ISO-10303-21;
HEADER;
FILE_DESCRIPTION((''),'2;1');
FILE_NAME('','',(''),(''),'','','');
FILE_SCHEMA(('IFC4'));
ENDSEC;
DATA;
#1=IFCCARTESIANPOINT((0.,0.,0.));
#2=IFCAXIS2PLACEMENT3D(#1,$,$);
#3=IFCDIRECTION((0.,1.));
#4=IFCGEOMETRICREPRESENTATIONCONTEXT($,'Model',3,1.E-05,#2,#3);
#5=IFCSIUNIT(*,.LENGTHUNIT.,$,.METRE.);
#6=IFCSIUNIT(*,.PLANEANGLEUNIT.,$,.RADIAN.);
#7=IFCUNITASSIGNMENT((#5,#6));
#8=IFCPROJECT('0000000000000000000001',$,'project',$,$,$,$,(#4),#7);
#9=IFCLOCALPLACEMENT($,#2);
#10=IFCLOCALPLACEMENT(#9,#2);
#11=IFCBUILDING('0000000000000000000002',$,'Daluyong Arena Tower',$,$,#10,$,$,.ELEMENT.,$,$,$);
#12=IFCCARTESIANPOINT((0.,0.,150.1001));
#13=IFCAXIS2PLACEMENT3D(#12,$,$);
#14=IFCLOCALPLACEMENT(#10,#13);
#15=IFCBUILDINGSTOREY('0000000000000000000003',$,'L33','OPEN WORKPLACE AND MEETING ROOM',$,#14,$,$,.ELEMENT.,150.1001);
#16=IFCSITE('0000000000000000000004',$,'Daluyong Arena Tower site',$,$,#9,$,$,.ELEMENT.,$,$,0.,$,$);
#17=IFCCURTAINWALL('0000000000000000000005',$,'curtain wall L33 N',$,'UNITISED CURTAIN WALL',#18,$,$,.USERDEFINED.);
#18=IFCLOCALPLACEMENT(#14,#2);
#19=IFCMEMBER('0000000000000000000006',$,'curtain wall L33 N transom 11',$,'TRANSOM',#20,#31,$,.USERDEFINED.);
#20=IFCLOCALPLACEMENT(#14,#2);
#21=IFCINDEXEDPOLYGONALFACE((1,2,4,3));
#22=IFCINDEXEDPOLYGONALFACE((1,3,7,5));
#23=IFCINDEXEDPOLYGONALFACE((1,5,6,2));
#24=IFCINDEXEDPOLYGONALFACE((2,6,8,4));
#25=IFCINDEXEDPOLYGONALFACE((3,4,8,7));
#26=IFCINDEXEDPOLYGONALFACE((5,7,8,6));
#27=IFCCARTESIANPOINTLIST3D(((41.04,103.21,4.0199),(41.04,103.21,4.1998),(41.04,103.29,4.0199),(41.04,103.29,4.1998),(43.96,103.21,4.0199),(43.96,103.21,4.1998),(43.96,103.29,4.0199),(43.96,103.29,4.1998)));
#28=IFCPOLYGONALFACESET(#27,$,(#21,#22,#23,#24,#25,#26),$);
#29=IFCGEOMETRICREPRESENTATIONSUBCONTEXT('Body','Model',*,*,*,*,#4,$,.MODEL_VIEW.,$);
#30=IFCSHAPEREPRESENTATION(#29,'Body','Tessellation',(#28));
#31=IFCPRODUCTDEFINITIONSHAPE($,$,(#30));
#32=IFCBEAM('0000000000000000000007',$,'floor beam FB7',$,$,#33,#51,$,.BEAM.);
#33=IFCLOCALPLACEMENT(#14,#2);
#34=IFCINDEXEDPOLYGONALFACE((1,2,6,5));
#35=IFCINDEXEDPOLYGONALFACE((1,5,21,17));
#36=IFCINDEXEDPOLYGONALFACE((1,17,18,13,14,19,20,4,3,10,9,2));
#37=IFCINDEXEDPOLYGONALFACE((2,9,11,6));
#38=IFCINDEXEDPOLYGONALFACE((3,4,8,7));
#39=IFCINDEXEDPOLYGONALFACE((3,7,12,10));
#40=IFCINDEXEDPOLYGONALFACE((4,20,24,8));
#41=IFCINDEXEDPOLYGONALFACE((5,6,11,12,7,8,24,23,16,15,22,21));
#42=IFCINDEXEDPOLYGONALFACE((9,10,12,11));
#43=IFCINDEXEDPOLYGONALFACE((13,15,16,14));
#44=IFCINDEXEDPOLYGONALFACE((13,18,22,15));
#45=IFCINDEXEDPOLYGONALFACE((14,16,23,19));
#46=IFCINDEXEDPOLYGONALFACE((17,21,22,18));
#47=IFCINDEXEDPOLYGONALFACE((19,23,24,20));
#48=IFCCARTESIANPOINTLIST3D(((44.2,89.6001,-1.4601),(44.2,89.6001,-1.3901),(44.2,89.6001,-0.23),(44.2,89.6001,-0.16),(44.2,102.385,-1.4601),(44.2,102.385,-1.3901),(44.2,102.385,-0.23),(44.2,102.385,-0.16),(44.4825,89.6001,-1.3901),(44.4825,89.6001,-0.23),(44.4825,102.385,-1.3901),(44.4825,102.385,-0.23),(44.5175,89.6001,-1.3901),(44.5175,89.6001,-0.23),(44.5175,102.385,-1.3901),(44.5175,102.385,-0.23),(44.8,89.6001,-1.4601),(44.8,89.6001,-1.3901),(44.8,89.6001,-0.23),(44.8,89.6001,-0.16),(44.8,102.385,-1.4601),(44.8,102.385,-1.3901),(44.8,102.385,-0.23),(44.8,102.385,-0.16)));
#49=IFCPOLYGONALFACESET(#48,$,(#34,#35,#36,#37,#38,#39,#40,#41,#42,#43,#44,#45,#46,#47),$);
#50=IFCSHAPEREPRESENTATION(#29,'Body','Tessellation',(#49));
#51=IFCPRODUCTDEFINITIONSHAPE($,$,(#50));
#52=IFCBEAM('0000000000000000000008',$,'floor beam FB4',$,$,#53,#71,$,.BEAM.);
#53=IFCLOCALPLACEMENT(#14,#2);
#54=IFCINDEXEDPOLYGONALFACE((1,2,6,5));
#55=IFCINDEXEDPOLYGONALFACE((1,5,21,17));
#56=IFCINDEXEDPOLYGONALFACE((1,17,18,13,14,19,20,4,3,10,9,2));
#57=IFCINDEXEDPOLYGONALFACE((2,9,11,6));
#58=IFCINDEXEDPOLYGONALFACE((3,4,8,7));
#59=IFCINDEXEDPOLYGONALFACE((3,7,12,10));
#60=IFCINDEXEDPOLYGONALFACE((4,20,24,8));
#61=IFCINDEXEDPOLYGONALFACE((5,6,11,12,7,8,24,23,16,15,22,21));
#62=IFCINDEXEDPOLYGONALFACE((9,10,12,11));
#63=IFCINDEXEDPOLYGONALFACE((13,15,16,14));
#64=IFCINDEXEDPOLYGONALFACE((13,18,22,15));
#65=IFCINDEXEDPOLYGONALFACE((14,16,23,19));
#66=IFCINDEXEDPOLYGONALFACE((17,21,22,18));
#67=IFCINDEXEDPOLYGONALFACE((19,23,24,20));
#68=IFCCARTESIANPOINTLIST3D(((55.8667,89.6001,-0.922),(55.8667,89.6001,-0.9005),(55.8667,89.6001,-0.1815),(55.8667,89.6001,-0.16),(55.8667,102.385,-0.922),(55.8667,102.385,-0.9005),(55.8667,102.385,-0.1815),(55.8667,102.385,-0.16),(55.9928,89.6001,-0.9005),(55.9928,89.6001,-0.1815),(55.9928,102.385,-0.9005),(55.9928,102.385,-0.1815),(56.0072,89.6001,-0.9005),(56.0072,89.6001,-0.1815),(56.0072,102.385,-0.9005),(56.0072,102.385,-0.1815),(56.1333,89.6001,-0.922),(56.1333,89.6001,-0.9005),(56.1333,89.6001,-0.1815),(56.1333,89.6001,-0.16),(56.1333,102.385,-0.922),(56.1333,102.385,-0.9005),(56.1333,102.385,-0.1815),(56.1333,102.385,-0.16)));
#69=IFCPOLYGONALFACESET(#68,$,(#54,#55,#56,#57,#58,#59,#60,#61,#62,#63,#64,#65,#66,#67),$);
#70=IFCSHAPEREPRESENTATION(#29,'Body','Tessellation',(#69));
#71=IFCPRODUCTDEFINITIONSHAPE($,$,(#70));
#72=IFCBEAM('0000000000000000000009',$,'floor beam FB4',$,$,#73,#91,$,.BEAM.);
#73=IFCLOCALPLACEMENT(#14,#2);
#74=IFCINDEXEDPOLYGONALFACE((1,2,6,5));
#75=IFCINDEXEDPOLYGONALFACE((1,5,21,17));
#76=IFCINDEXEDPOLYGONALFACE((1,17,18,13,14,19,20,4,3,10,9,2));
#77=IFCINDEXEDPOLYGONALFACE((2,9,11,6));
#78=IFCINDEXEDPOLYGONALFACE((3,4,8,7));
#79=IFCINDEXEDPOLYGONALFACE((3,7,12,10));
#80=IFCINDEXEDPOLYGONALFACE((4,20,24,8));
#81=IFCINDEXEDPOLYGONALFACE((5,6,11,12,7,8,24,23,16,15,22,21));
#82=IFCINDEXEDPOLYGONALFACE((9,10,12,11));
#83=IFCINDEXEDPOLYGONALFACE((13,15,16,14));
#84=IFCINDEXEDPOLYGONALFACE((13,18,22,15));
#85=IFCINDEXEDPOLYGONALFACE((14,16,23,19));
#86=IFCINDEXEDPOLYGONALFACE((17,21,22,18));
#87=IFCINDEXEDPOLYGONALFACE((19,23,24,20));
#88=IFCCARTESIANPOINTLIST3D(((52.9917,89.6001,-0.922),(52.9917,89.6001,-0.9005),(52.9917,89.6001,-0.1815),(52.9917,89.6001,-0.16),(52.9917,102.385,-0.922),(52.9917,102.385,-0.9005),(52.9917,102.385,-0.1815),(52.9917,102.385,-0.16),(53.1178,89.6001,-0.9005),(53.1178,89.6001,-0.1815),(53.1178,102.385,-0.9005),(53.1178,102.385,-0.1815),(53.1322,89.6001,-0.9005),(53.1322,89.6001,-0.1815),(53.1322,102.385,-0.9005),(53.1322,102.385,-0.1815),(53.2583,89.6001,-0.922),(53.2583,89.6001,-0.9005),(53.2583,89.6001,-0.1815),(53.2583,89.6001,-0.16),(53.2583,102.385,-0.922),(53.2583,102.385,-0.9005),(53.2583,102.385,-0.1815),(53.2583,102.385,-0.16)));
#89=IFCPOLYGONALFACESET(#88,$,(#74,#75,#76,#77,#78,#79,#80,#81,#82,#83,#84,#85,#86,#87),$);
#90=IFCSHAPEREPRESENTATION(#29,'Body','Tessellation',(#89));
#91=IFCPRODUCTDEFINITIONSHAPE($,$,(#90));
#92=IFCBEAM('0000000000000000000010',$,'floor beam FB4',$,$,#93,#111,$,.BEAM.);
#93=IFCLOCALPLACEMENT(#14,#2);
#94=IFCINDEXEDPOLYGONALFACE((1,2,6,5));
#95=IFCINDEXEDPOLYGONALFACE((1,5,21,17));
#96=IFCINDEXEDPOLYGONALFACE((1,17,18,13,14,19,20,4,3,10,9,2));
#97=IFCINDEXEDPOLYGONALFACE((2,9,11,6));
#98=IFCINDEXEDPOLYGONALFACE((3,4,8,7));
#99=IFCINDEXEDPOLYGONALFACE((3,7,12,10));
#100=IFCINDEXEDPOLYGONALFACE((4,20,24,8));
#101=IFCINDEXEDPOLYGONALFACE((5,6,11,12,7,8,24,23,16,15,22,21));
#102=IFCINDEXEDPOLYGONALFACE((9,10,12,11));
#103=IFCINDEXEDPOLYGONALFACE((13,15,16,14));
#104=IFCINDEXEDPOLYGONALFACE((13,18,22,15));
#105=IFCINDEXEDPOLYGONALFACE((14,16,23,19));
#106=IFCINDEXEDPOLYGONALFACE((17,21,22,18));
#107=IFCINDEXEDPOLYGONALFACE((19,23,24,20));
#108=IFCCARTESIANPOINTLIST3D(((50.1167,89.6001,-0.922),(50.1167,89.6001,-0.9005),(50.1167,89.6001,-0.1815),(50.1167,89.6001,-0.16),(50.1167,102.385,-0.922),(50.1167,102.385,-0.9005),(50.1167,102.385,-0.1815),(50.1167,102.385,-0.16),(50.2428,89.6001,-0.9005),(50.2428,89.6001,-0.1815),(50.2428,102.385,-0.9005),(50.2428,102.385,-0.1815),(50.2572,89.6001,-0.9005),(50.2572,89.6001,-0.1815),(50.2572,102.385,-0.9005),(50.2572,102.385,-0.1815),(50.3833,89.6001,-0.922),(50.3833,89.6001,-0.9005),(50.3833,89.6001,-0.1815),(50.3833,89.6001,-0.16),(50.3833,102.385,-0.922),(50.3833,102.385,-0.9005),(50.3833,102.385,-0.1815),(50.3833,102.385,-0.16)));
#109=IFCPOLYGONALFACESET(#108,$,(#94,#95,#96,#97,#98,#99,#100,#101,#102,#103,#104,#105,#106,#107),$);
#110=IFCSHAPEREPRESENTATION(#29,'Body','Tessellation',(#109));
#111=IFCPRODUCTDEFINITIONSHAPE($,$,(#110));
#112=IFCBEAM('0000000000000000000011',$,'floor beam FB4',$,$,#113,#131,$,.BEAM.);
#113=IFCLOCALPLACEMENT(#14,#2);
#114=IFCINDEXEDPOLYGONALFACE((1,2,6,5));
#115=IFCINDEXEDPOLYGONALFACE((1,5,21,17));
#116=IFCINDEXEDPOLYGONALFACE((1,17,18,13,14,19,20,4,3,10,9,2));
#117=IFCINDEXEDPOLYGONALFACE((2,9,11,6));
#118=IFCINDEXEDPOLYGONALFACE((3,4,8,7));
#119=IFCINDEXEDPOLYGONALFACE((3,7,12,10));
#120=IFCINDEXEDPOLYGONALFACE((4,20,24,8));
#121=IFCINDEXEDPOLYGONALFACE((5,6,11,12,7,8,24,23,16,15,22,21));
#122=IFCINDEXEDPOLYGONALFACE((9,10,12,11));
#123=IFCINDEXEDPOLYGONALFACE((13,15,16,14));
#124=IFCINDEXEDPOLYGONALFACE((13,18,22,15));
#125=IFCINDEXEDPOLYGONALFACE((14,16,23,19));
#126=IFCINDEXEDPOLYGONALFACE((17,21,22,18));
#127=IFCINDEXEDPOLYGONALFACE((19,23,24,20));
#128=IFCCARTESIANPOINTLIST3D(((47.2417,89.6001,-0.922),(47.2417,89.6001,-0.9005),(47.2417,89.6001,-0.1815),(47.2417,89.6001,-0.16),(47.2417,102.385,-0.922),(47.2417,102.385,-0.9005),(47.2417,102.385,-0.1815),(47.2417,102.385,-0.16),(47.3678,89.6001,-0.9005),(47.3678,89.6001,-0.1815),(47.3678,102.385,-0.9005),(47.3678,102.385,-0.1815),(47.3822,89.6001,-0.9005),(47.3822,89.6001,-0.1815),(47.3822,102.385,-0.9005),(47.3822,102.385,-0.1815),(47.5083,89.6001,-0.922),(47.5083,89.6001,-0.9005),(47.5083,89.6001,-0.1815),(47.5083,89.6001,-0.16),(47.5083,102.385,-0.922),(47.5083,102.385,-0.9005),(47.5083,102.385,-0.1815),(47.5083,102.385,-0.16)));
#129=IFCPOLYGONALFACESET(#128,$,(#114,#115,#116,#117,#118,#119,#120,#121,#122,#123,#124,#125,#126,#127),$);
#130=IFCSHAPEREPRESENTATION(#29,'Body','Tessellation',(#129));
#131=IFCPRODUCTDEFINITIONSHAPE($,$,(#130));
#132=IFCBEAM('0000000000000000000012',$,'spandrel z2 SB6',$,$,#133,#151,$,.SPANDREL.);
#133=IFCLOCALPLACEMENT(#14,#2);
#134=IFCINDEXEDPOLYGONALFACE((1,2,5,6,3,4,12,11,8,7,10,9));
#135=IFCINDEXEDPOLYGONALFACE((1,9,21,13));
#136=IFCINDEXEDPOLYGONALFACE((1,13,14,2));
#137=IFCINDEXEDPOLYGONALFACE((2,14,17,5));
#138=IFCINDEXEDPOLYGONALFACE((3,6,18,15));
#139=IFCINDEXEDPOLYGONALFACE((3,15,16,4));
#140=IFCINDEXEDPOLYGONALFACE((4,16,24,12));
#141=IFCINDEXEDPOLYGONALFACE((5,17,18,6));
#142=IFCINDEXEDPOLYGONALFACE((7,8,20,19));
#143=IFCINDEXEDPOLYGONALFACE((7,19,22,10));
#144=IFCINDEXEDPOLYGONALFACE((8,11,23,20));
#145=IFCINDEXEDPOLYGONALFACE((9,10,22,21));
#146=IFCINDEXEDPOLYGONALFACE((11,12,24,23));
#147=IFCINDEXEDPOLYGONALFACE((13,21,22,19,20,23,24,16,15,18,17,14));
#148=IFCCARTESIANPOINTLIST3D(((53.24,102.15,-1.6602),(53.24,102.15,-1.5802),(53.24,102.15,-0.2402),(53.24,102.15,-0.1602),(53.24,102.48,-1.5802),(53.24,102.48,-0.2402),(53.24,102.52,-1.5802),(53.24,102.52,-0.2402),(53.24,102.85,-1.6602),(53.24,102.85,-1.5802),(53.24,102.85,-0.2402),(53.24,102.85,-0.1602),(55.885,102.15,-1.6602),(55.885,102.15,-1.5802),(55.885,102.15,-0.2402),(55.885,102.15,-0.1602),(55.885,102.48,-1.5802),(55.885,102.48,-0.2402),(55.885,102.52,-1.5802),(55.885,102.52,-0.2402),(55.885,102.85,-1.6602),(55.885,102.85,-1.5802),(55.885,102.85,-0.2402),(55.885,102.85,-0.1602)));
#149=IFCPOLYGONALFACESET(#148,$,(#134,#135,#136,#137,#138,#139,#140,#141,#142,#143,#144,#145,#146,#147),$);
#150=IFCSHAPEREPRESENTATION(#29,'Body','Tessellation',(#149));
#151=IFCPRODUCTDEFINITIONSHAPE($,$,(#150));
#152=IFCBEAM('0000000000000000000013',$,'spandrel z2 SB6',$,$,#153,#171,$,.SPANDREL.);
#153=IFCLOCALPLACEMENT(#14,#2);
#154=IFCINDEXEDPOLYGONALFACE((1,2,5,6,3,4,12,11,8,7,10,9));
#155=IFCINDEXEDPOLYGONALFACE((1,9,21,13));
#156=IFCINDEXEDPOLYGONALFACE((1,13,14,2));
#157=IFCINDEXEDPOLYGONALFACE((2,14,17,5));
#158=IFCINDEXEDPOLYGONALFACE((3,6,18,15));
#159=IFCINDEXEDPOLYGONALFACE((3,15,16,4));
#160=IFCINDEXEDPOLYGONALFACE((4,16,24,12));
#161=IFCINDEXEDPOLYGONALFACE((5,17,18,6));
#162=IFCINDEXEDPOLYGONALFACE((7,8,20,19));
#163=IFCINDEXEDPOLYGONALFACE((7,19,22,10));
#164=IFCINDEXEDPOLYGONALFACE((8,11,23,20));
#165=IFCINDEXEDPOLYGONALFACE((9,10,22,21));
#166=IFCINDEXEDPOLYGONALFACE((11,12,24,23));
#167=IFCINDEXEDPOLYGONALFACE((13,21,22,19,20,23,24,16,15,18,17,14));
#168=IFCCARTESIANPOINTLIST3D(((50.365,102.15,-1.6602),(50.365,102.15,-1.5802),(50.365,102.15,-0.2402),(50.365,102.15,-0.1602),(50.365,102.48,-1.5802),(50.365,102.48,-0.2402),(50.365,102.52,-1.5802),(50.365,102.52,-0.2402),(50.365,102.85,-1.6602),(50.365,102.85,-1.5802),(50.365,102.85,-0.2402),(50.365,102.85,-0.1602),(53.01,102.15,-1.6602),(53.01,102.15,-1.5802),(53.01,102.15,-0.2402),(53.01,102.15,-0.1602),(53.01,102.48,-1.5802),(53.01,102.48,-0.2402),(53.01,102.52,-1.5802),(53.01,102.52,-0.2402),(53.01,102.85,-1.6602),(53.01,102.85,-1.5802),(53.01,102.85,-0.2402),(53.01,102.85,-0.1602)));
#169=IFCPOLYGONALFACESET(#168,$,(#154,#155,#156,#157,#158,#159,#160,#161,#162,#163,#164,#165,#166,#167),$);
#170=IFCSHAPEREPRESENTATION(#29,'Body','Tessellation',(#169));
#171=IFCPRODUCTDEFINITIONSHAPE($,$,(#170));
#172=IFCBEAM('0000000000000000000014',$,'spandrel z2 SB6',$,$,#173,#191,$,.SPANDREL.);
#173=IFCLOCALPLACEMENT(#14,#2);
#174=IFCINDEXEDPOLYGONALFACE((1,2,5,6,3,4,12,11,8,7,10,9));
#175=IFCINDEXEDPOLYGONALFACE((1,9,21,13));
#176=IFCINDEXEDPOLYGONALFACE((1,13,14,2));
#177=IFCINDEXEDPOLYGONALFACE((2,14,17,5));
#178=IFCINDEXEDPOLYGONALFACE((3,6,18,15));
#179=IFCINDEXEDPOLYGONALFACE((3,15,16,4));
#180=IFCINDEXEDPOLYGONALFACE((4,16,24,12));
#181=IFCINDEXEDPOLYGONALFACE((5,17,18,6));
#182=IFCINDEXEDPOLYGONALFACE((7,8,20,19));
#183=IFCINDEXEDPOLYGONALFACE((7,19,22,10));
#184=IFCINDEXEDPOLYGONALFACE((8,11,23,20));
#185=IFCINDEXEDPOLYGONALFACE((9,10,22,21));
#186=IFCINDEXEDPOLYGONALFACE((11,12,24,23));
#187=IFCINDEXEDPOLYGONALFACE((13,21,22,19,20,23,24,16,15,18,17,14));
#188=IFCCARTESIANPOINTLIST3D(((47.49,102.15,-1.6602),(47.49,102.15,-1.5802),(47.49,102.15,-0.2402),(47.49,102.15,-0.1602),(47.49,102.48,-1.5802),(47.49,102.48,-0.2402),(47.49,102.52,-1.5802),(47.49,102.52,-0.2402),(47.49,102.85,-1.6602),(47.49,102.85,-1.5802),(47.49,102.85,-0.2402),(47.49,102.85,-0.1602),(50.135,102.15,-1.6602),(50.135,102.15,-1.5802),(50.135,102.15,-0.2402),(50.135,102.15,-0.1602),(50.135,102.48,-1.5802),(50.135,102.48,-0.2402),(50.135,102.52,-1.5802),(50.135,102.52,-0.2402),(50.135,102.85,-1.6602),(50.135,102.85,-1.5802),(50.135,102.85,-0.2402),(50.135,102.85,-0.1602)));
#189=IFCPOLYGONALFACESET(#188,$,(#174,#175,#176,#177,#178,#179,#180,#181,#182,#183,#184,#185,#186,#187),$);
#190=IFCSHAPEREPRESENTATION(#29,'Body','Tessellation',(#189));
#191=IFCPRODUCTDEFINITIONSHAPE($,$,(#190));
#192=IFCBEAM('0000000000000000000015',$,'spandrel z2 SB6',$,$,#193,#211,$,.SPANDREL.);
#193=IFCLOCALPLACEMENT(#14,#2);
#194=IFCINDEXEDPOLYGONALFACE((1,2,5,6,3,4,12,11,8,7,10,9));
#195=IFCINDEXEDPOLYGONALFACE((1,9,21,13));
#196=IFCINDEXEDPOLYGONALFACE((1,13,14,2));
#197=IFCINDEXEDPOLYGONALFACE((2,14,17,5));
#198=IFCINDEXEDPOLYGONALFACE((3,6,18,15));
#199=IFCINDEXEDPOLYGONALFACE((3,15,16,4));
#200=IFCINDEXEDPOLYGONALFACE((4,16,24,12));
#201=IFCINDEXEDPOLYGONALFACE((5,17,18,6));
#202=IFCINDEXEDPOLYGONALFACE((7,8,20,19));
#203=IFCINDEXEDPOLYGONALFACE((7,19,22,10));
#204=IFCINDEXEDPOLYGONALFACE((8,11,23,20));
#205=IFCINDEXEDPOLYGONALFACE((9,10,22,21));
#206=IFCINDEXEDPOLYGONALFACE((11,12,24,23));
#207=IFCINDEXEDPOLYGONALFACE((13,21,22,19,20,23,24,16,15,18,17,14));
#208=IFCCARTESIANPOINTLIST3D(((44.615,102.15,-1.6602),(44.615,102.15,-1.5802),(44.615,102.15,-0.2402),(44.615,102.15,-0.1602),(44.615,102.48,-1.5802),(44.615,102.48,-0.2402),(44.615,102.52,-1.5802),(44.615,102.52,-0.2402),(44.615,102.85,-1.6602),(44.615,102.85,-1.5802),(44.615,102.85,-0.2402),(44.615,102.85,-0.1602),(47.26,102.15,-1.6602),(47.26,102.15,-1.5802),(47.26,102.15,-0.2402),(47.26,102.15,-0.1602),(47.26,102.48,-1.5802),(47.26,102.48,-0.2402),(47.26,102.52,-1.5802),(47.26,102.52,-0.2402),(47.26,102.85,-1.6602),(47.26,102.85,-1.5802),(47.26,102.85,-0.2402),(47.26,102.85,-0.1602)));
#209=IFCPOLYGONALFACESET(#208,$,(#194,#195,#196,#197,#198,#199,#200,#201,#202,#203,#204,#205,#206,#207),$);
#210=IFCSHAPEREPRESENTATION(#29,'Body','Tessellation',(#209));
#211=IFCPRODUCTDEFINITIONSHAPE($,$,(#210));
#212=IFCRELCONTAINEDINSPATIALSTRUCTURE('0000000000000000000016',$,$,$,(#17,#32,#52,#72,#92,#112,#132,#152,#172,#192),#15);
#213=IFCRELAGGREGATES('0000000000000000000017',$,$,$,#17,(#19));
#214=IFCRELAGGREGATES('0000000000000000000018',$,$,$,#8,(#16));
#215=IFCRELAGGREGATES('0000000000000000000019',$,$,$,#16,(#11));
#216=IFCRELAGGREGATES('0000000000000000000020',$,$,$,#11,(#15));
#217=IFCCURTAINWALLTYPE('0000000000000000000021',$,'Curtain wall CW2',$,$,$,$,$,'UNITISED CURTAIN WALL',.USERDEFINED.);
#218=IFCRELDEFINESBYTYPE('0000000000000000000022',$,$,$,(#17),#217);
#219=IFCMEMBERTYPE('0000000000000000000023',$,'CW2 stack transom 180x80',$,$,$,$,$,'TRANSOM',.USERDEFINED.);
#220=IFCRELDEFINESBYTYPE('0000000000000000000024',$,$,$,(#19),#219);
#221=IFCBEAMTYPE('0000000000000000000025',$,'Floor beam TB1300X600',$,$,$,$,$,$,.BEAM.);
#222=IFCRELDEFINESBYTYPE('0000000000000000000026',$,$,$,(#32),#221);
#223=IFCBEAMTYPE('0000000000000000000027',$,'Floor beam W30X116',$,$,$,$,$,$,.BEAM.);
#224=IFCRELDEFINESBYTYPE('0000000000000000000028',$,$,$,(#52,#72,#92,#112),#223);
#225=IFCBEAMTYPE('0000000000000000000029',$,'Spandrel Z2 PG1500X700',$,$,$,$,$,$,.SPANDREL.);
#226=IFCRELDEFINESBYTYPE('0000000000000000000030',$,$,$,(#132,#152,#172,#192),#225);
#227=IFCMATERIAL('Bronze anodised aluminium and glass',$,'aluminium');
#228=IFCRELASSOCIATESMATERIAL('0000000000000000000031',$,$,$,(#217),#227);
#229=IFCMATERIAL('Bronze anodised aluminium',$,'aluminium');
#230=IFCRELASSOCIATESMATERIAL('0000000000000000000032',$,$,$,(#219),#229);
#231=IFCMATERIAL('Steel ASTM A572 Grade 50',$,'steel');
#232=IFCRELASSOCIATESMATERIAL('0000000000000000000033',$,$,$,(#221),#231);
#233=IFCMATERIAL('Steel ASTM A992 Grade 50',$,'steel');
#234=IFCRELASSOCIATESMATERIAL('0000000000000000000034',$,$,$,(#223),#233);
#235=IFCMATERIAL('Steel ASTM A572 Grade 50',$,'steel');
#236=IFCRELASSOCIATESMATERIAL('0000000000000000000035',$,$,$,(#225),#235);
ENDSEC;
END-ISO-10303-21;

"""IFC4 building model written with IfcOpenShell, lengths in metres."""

from ifc_helpers import new_model, si_unit, direction, frame, origin, origin_2d, place, context, subcontext, project, spatial, rectangle, i_section, extrude, material, material_profile, profile_set, type_object, element, aggregate, save


model = new_model("IFC4")

# Units and contexts
model_context = context("Model", 3, precision=1e-05, world=origin(), true_north=direction((0.0, 1.0)))
body_context = subcontext(model_context, "Body", "Model", "MODEL_VIEW")
ifc_project = project(units=[si_unit("LENGTHUNIT", "METRE"), si_unit("PLANEANGLEUNIT", "RADIAN")], contexts=[model_context])

# Site, building, storey
site_placement = place(None, origin())
site = spatial("IfcSite", under=ifc_project, at=site_placement, Name="Daluyong Arena Tower site", CompositionType="ELEMENT", RefElevation=0.0)
building_placement = place(site_placement, origin())
building = spatial("IfcBuilding", under=site, at=building_placement, Name="Daluyong Arena Tower", CompositionType="ELEMENT")
storey_placement = place(building_placement, frame((0.0, 0.0, 150.1001)))
storey = spatial("IfcBuildingStorey", under=building, at=storey_placement, Name="L33", Description="OPEN WORKPLACE AND MEETING ROOM", CompositionType="ELEMENT", Elevation=150.1001)

# Curtain wall, member
ifc_material_1 = material(Name="Bronze anodised aluminium and glass", Category="aluminium")
curtain_wall_type = type_object("IfcCurtainWallType", Name="Curtain wall CW2", ElementType="UNITISED CURTAIN WALL", PredefinedType="USERDEFINED", material=ifc_material_1)
curtain_wall_placement = place(storey_placement, origin())
curtain_wall = element("IfcCurtainWall", 1, at=curtain_wall_placement, inside=storey, type_object=curtain_wall_type, Name="curtain wall L33 N", ObjectType="UNITISED CURTAIN WALL", PredefinedType="USERDEFINED")
ifc_material_2 = material(Name="Bronze anodised aluminium", Category="aluminium")
ifc_material_profile_1 = material_profile(ifc_material_2, rectangle(XDim=0.0801, YDim=0.1799, at=origin_2d()))
ifc_profile_set_1 = profile_set([ifc_material_profile_1], Name="Bronze anodised aluminium")
member_type_1 = type_object("IfcMemberType", Name="CW2 stack transom 180x80", ElementType="TRANSOM", PredefinedType="USERDEFINED", material=ifc_profile_set_1)
member_1_placement = place(storey_placement, frame((43.96, 103.25, 4.1099), z_axis=(-1.0, 0.0, 0.0), x_axis=(0.0, -1.0, 0.0)))
member_1 = element("IfcMember", 2, at=member_1_placement, type_object=member_type_1, Name="curtain wall L33 N transom 11", ObjectType="TRANSOM", PredefinedType="USERDEFINED", context=body_context, shape_type="SweptSolid", body=[
    extrude(rectangle(XDim=0.0801, YDim=0.1799, at=origin_2d()), origin(), (0.0, 0.0, 1.0), 2.9199),
])

# Beams
ifc_material_3 = material(Name="Steel ASTM A572 Grade 50", Category="steel")
ifc_material_profile_2 = material_profile(ifc_material_3, i_section(OverallWidth=0.6001, OverallDepth=1.3, WebThickness=0.035, FlangeThickness=0.07, at=origin_2d()))
ifc_profile_set_2 = profile_set([ifc_material_profile_2], Name="Steel ASTM A572 Grade 50")
beam_type_1 = type_object("IfcBeamType", Name="Floor beam TB1300X600", PredefinedType="BEAM", material=ifc_profile_set_2)
beam_placement = place(storey_placement, frame((44.5, 102.385, -0.8101), z_axis=(0.0, -1.0, 0.0), x_axis=(1.0, 0.0, 0.0)))
element("IfcBeam", 3, at=beam_placement, inside=storey, type_object=beam_type_1, Name="floor beam FB7", PredefinedType="BEAM", context=body_context, shape_type="SweptSolid", body=[
    extrude(i_section(OverallWidth=0.6001, OverallDepth=1.3, WebThickness=0.035, FlangeThickness=0.07, at=origin_2d()), origin(), (0.0, 0.0, 1.0), 12.7849),
])
ifc_material_4 = material(Name="Steel ASTM A992 Grade 50", Category="steel")
ifc_material_profile_3 = material_profile(ifc_material_4, i_section(OverallWidth=0.2666, OverallDepth=0.762, WebThickness=0.0144, FlangeThickness=0.0215, at=origin_2d()))
ifc_profile_set_3 = profile_set([ifc_material_profile_3], Name="Steel ASTM A992 Grade 50")
beam_type_2 = type_object("IfcBeamType", Name="Floor beam W30X116", PredefinedType="BEAM", material=ifc_profile_set_3)
for number, where, z_axis, x_axis, name in (
    (4, (56.0, 102.385, -0.541), (0.0, -1.0, 0.0), (1.0, 0.0, 0.0), "floor beam FB4"),
    (5, (53.125, 102.385, -0.541), (0.0, -1.0, 0.0), (1.0, 0.0, 0.0), "floor beam FB4"),
    (6, (50.25, 102.385, -0.541), (0.0, -1.0, 0.0), (1.0, 0.0, 0.0), "floor beam FB4"),
    (7, (47.375, 102.385, -0.541), (0.0, -1.0, 0.0), (1.0, 0.0, 0.0), "floor beam FB4"),
):
    element("IfcBeam", number, at=place(storey_placement, frame(where, z_axis=z_axis, x_axis=x_axis)), inside=storey, type_object=beam_type_2, Name=name, PredefinedType="BEAM", context=body_context, shape_type="SweptSolid", body=[
        extrude(i_section(OverallWidth=0.2666, OverallDepth=0.762, WebThickness=0.0144, FlangeThickness=0.0215, at=origin_2d()), origin(), (0.0, 0.0, 1.0), 12.7849),
    ])
ifc_material_5 = material(Name="Steel ASTM A572 Grade 50", Category="steel")
ifc_material_profile_4 = material_profile(ifc_material_5, i_section(OverallWidth=0.7, OverallDepth=1.5, WebThickness=0.04, FlangeThickness=0.08, at=origin_2d()))
ifc_profile_set_4 = profile_set([ifc_material_profile_4], Name="Steel ASTM A572 Grade 50")
beam_type_3 = type_object("IfcBeamType", Name="Spandrel Z2 PG1500X700", PredefinedType="SPANDREL", material=ifc_profile_set_4)
for number, where, z_axis, x_axis, name in (
    (8, (55.885, 102.5, -0.9102), (-1.0, 0.0, 0.0), (0.0, -1.0, 0.0), "spandrel z2 SB6"),
    (9, (53.01, 102.5, -0.9102), (-1.0, 0.0, 0.0), (0.0, -1.0, 0.0), "spandrel z2 SB6"),
    (10, (50.135, 102.5, -0.9102), (-1.0, 0.0, 0.0), (0.0, -1.0, 0.0), "spandrel z2 SB6"),
    (11, (47.26, 102.5, -0.9102), (-1.0, 0.0, 0.0), (0.0, -1.0, 0.0), "spandrel z2 SB6"),
):
    element("IfcBeam", number, at=place(storey_placement, frame(where, z_axis=z_axis, x_axis=x_axis)), inside=storey, type_object=beam_type_3, Name=name, PredefinedType="SPANDREL", context=body_context, shape_type="SweptSolid", body=[
        extrude(i_section(OverallWidth=0.7, OverallDepth=1.5, WebThickness=0.04, FlangeThickness=0.08, at=origin_2d()), origin(), (0.0, 0.0, 1.0), 2.645),
    ])

aggregate(curtain_wall, [member_1])

save(model, "model.ifc")
